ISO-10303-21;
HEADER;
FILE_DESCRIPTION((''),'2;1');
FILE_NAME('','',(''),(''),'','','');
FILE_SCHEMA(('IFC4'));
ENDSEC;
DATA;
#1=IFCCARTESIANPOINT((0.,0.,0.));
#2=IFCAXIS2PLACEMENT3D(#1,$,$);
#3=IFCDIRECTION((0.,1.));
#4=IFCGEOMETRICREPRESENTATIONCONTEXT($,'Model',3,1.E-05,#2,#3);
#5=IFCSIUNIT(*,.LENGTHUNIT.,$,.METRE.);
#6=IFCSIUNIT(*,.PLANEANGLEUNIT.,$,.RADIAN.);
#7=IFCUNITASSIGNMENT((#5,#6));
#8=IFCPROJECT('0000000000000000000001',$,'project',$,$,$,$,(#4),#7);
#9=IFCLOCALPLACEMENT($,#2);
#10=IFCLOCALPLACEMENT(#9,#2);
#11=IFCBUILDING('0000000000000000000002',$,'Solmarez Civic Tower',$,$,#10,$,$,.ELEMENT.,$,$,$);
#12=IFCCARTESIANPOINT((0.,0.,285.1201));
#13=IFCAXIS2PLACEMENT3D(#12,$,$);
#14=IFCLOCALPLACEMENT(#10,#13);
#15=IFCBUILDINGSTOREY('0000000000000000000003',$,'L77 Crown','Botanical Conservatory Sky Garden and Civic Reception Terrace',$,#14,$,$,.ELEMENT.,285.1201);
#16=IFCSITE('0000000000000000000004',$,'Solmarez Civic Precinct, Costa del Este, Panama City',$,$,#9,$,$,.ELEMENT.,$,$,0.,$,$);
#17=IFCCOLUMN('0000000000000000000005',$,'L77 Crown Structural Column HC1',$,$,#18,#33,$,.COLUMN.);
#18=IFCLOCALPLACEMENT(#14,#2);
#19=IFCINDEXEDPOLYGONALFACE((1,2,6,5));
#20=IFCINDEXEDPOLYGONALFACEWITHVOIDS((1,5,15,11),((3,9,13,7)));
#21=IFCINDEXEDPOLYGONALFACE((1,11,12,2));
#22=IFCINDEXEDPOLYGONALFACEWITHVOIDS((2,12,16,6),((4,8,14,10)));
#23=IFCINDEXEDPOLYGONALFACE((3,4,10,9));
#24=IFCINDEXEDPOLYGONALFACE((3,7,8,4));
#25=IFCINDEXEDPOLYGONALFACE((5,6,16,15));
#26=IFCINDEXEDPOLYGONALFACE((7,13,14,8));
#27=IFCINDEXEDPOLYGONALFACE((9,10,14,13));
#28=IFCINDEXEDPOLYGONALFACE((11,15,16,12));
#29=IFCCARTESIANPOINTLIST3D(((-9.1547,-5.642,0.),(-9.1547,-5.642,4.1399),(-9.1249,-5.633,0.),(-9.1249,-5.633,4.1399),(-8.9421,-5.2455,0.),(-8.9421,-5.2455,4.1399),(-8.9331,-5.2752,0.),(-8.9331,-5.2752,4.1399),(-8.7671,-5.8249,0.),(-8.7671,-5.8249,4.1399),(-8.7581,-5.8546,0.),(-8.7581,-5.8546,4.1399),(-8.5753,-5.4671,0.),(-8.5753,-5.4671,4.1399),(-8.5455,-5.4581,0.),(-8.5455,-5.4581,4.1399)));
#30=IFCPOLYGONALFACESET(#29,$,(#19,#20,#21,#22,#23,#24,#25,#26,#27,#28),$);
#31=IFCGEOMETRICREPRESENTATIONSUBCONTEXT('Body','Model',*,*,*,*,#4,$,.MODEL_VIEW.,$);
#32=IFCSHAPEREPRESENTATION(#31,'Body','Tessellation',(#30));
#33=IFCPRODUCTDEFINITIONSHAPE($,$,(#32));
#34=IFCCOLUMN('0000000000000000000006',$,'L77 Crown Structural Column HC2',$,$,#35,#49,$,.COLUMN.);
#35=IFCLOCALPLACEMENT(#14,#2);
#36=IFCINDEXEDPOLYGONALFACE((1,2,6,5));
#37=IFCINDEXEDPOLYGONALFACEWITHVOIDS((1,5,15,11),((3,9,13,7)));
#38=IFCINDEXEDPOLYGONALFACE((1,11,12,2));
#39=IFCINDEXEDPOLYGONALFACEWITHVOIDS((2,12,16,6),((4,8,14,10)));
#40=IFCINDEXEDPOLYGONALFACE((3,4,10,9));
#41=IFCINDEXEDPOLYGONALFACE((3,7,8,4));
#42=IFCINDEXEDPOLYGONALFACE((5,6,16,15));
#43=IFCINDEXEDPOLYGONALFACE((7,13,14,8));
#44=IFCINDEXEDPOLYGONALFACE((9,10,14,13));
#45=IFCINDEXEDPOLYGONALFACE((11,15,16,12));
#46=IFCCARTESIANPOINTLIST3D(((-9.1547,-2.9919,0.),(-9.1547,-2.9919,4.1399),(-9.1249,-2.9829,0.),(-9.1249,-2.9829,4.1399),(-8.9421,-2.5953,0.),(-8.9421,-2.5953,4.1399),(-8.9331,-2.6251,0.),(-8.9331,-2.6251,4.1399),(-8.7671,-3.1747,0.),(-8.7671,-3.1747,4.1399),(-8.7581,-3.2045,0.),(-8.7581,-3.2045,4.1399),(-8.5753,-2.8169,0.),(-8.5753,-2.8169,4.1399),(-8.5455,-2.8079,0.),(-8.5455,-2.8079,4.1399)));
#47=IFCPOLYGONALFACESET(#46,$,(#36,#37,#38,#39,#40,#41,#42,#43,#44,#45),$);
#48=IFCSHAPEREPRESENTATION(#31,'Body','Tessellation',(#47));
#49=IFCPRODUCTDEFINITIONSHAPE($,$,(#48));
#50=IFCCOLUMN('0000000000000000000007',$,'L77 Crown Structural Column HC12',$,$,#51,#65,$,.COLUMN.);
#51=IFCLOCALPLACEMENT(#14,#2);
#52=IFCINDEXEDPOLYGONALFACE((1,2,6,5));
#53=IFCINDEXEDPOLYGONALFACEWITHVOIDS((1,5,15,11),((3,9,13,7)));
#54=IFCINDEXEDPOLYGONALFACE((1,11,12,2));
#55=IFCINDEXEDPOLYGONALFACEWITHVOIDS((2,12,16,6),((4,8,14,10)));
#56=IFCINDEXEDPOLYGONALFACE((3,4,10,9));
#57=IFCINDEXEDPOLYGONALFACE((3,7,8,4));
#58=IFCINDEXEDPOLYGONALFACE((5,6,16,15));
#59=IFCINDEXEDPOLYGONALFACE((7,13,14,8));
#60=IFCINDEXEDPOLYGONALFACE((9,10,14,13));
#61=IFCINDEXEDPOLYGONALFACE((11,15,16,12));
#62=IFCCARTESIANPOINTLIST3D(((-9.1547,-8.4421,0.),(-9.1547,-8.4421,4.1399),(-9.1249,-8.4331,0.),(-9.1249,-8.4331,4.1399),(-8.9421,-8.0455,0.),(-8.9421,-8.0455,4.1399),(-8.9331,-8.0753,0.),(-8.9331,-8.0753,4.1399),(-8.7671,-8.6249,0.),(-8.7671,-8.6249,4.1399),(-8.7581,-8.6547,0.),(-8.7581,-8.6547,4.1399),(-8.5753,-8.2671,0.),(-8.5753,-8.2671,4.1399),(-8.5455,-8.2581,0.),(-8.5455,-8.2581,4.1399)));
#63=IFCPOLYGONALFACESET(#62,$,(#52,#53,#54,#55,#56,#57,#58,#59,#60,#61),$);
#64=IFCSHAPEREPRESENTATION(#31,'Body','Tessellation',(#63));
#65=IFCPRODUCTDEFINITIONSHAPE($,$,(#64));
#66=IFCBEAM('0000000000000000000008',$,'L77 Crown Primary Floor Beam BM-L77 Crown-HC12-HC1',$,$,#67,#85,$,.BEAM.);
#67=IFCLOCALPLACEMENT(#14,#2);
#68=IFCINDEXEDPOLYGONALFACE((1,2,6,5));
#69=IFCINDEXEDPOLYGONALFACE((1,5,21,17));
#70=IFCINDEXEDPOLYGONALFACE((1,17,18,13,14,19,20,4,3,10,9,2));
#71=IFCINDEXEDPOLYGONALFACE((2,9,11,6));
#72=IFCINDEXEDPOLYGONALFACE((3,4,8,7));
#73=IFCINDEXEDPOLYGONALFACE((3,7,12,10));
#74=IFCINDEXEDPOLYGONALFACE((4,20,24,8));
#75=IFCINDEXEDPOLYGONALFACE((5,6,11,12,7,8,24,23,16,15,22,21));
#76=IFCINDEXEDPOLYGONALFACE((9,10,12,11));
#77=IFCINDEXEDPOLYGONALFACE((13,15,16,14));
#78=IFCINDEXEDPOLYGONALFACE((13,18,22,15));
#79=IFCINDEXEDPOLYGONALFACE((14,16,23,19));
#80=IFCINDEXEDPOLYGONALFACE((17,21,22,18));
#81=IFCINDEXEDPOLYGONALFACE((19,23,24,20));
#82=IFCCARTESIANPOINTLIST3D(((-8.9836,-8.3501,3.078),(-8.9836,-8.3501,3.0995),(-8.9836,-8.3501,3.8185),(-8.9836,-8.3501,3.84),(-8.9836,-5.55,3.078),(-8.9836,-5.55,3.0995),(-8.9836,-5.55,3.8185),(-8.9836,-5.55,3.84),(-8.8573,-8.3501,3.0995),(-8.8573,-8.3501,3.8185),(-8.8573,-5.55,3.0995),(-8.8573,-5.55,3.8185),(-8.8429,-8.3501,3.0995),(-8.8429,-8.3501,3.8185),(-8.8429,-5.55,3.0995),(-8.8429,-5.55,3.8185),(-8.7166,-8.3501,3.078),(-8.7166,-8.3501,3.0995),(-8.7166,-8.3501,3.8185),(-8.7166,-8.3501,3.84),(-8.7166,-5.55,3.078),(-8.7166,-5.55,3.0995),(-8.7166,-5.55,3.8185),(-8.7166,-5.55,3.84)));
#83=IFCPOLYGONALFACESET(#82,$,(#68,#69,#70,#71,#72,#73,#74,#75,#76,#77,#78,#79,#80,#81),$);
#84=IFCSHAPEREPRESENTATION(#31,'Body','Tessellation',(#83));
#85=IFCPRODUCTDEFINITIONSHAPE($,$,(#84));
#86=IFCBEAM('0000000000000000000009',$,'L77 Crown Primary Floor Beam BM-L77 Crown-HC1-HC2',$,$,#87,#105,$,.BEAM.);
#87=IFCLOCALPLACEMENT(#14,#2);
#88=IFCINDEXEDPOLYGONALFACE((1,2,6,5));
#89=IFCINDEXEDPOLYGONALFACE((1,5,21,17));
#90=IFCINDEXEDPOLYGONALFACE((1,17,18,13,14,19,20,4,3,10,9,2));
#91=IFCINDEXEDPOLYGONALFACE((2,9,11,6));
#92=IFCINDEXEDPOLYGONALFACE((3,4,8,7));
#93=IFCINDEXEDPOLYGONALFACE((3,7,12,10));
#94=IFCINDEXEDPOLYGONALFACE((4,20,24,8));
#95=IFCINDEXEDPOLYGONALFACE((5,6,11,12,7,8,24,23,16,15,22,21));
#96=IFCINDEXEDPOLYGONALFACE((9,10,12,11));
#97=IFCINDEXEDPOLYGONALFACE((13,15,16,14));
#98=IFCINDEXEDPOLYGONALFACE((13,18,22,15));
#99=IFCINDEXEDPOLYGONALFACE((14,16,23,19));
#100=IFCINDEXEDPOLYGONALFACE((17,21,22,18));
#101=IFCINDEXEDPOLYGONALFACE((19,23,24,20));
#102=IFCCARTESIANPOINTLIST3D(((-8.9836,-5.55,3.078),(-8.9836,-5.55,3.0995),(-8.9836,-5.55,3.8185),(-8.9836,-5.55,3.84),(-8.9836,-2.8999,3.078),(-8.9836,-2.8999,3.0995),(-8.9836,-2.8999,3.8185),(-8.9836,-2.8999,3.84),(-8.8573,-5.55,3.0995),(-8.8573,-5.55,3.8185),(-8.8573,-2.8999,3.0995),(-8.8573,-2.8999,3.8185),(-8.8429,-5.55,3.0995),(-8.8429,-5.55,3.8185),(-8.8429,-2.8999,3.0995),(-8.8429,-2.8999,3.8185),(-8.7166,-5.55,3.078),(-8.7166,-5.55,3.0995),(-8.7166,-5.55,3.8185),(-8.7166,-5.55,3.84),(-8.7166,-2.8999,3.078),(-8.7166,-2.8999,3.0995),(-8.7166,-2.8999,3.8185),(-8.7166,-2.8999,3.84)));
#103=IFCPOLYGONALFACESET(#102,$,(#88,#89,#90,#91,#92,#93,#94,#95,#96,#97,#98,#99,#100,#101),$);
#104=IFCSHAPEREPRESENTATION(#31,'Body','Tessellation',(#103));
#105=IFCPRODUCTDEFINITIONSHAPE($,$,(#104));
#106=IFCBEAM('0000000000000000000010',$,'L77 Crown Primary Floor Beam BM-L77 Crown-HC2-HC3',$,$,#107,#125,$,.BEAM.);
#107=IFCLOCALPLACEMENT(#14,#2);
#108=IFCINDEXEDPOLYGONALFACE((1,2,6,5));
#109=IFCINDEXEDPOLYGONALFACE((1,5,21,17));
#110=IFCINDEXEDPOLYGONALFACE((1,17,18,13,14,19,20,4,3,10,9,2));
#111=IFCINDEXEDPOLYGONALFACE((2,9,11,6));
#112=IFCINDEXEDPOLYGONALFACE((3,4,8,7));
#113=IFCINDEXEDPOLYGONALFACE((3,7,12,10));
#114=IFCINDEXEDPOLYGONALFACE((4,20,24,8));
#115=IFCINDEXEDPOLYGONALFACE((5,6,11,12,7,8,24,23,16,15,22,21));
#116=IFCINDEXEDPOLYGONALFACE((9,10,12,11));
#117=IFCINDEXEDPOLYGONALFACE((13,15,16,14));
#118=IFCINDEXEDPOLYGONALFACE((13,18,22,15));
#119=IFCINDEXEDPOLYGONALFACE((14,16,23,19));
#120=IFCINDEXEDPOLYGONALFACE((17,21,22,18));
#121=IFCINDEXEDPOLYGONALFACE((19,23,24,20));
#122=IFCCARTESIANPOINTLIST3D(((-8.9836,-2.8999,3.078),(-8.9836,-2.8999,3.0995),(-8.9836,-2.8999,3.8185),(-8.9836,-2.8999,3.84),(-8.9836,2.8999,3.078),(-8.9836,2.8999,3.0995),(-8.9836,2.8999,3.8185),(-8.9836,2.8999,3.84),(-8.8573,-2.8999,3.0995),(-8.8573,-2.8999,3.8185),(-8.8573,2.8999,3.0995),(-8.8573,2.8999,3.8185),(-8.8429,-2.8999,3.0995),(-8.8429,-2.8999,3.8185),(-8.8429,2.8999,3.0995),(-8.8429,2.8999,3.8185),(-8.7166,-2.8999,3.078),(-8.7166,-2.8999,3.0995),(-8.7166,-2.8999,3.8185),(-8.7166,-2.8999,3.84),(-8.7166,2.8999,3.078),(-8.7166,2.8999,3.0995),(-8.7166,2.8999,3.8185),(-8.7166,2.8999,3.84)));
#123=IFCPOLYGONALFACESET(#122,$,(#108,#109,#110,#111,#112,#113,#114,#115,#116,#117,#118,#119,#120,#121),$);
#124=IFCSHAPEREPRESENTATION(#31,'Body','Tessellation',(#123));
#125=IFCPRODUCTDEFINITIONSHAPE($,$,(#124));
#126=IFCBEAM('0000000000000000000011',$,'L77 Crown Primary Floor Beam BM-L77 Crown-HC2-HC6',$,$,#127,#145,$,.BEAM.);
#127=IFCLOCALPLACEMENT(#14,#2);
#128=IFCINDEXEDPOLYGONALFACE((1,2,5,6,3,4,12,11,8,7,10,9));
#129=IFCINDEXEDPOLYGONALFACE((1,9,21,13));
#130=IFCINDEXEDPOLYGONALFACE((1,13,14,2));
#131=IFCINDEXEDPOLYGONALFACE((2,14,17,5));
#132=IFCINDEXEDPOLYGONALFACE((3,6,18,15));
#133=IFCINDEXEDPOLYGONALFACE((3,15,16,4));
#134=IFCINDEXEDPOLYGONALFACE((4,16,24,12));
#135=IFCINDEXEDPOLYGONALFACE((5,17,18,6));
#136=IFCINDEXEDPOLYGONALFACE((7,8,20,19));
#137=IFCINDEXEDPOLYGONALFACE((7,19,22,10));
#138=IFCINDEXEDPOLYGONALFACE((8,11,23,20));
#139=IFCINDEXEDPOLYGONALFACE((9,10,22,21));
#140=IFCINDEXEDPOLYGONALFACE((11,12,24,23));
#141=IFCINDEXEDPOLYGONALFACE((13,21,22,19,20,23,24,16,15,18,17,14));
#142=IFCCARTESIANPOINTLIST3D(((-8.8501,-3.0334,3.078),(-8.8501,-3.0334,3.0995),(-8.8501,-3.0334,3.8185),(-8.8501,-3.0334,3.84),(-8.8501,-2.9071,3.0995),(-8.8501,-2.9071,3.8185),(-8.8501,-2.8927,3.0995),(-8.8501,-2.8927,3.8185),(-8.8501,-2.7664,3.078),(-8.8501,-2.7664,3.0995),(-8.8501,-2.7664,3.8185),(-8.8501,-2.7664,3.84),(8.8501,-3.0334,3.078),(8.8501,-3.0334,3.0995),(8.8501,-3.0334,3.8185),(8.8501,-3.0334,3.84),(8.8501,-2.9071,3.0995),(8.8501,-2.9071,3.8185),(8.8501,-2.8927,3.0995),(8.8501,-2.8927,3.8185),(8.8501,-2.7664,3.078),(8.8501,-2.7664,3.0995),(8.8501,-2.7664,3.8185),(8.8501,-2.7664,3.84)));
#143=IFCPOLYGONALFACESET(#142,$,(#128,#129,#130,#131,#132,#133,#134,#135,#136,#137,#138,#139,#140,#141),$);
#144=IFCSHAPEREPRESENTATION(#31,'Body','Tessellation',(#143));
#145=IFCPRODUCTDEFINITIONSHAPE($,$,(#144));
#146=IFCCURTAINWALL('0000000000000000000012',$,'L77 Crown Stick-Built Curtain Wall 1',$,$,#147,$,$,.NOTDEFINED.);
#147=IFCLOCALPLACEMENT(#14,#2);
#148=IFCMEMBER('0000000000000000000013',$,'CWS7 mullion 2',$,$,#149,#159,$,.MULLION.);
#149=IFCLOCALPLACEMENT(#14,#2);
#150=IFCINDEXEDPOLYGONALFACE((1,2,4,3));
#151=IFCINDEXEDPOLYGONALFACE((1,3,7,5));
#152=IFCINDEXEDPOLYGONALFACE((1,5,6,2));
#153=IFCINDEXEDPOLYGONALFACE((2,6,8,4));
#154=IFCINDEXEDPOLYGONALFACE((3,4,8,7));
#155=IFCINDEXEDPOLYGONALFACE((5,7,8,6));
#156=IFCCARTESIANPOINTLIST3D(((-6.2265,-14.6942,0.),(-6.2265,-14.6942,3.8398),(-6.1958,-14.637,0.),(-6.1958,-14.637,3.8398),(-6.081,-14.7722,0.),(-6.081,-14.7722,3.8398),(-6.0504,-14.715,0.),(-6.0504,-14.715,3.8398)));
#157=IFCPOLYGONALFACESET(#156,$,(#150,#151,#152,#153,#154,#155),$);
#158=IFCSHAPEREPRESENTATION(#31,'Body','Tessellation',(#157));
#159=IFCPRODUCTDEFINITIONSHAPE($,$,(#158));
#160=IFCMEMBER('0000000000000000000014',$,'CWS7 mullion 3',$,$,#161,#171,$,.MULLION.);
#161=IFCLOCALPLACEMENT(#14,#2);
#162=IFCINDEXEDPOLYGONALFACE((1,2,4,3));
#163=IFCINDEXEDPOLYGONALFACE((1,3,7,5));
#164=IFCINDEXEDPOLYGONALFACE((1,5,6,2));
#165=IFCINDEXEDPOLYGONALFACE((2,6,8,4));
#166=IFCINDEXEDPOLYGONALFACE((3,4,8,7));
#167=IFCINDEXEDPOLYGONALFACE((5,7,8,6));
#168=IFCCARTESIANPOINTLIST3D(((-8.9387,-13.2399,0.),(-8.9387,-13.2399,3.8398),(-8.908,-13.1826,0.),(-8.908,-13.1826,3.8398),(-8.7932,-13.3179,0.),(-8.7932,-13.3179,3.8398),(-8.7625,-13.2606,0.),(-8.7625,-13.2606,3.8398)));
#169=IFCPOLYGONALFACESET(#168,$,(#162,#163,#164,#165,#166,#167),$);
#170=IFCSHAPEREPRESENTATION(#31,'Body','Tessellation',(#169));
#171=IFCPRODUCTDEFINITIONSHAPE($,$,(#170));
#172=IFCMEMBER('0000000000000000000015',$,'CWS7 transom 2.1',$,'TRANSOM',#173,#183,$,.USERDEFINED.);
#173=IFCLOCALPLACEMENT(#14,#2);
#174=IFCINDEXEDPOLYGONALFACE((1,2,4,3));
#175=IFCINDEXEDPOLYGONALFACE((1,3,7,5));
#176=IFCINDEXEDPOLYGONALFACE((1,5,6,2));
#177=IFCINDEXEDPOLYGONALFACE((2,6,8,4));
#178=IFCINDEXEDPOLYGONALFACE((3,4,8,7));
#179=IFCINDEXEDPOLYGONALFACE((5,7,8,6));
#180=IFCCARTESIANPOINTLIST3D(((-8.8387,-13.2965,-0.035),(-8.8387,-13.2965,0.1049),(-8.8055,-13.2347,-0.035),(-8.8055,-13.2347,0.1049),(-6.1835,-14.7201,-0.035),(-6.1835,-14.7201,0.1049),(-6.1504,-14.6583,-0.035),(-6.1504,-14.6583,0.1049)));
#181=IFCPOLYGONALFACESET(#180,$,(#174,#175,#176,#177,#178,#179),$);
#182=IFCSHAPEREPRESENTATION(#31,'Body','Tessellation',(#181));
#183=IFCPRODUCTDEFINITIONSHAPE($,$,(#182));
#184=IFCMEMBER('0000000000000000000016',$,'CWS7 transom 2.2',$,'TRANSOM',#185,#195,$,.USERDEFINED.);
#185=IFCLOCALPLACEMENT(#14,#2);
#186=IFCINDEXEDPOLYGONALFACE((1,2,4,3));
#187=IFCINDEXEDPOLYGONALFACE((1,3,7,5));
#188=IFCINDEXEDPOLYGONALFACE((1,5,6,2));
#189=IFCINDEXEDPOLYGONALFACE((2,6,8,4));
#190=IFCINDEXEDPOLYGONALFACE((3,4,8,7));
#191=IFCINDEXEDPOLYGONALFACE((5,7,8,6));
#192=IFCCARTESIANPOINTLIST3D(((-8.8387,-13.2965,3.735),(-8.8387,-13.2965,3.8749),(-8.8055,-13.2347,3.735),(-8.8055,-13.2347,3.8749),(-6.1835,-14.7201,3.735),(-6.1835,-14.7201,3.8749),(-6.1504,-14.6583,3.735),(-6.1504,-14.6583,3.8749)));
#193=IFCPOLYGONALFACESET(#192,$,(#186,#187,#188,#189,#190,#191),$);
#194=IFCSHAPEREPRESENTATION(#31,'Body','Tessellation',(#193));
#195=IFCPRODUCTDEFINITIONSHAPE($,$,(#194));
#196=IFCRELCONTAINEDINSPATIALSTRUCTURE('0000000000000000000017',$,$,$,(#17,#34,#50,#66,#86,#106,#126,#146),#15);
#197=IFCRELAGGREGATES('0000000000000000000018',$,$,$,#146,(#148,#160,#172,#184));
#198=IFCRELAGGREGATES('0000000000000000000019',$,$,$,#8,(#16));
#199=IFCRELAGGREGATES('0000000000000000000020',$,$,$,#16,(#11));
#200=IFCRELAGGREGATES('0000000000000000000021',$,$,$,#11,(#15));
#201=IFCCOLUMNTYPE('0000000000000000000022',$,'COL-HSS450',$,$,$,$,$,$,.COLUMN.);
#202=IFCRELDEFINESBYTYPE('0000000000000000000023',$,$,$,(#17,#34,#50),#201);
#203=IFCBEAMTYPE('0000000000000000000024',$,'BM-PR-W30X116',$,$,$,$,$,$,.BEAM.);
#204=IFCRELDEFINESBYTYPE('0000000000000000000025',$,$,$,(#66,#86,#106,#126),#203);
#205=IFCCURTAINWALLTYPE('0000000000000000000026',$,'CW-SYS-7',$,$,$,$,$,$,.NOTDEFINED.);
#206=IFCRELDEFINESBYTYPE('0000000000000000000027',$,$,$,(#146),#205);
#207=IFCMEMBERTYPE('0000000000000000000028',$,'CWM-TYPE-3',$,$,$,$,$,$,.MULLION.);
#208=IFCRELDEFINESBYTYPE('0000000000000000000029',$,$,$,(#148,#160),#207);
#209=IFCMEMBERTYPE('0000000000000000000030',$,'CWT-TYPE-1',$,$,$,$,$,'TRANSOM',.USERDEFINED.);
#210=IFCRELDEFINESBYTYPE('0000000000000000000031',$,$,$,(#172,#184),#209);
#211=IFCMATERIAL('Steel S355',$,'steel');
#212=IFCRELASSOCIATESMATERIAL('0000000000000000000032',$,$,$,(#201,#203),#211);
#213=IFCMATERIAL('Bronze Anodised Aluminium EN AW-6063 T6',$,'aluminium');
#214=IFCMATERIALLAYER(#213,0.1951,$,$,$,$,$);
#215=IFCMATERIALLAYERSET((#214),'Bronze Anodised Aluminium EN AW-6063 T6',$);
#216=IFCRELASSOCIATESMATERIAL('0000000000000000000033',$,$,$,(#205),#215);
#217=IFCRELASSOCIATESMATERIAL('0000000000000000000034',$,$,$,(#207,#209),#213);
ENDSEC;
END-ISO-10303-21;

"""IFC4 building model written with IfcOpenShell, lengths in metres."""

from ifc_helpers import new_model, si_unit, direction, frame, origin, origin_2d, place, context, subcontext, project, spatial, rectangle, hollow_rectangle, i_section, extrude, material, layer, layer_set, material_profile, profile_set, type_object, element, aggregate, save


model = new_model("IFC4")

# Units and contexts
model_context = context("Model", 3, precision=1e-05, world=origin(), true_north=direction((0.0, 1.0)))
body_context = subcontext(model_context, "Body", "Model", "MODEL_VIEW")
ifc_project = project(units=[si_unit("LENGTHUNIT", "METRE"), si_unit("PLANEANGLEUNIT", "RADIAN")], contexts=[model_context])

# Site, building, storey
site_placement = place(None, origin())
site = spatial("IfcSite", under=ifc_project, at=site_placement, Name="Solmarez Civic Precinct, Costa del Este, Panama City", CompositionType="ELEMENT", RefElevation=0.0)
building_placement = place(site_placement, origin())
building = spatial("IfcBuilding", under=site, at=building_placement, Name="Solmarez Civic Tower", CompositionType="ELEMENT")
storey_placement = place(building_placement, frame((0.0, 0.0, 285.1201)))
storey = spatial("IfcBuildingStorey", under=building, at=storey_placement, Name="L77 Crown", Description="Botanical Conservatory Sky Garden and Civic Reception Terrace", CompositionType="ELEMENT", Elevation=285.1201)

# Columns
ifc_material_1 = material(Name="Steel S355", Category="steel")
ifc_material_profile_1 = material_profile(ifc_material_1, hollow_rectangle(XDim=0.45, YDim=0.45, WallThickness=0.022, at=origin_2d()), Name="HSS450X450X22")
ifc_profile_set_1 = profile_set([ifc_material_profile_1], Name="Steel S355")
column_type = type_object("IfcColumnType", Name="COL-HSS450", PredefinedType="COLUMN", material=ifc_profile_set_1)
for number, where, z_axis, x_axis, name in (
    (1, (-8.8501, -5.55, 0.0), (0.0, 0.0, 1.0), (0.472551, 0.881303, 0.0), "L77 Crown Structural Column HC1"),
    (2, (-8.8501, -2.8999, 0.0), (0.0, 0.0, 1.0), (0.472551, 0.881303, 0.0), "L77 Crown Structural Column HC2"),
    (3, (-8.8501, -8.3501, 0.0), (0.0, 0.0, 1.0), (0.472551, 0.881303, 0.0), "L77 Crown Structural Column HC12"),
):
    element("IfcColumn", number, at=place(storey_placement, frame(where, z_axis=z_axis, x_axis=x_axis)), inside=storey, type_object=column_type, Name=name, PredefinedType="COLUMN", context=body_context, shape_type="SweptSolid", body=[
        extrude(hollow_rectangle(XDim=0.45, YDim=0.45, WallThickness=0.022, at=origin_2d()), origin(), (0.0, 0.0, 1.0), 4.1399),
    ])

# Beams
ifc_material_profile_2 = material_profile(ifc_material_1, i_section(OverallWidth=0.2671, OverallDepth=0.762, WebThickness=0.0144, FlangeThickness=0.0215, at=origin_2d()), Name="W30X116")
ifc_profile_set_2 = profile_set([ifc_material_profile_2], Name="Steel S355")
beam_type = type_object("IfcBeamType", Name="BM-PR-W30X116", PredefinedType="BEAM", material=ifc_profile_set_2)
beam_1_placement = place(storey_placement, frame((-8.8501, -8.3501, 3.459), z_axis=(0.0, 1.0, 0.0), x_axis=(-1.0, 0.0, 0.0)))
element("IfcBeam", 4, at=beam_1_placement, inside=storey, type_object=beam_type, Name="L77 Crown Primary Floor Beam BM-L77 Crown-HC12-HC1", PredefinedType="BEAM", context=body_context, shape_type="SweptSolid", body=[
    extrude(i_section(OverallWidth=0.2671, OverallDepth=0.762, WebThickness=0.0144, FlangeThickness=0.0215, at=origin_2d()), origin(), (0.0, 0.0, 1.0), 2.8),
])
beam_2_placement = place(storey_placement, frame((-8.8501, -5.55, 3.459), z_axis=(0.0, 1.0, 0.0), x_axis=(-1.0, 0.0, 0.0)))
element("IfcBeam", 5, at=beam_2_placement, inside=storey, type_object=beam_type, Name="L77 Crown Primary Floor Beam BM-L77 Crown-HC1-HC2", PredefinedType="BEAM", context=body_context, shape_type="SweptSolid", body=[
    extrude(i_section(OverallWidth=0.2671, OverallDepth=0.762, WebThickness=0.0144, FlangeThickness=0.0215, at=origin_2d()), origin(), (0.0, 0.0, 1.0), 2.6501),
])
beam_3_placement = place(storey_placement, frame((-8.8501, -2.8999, 3.459), z_axis=(0.0, 1.0, 0.0), x_axis=(-1.0, 0.0, 0.0)))
element("IfcBeam", 6, at=beam_3_placement, inside=storey, type_object=beam_type, Name="L77 Crown Primary Floor Beam BM-L77 Crown-HC2-HC3", PredefinedType="BEAM", context=body_context, shape_type="SweptSolid", body=[
    extrude(i_section(OverallWidth=0.2671, OverallDepth=0.762, WebThickness=0.0144, FlangeThickness=0.0215, at=origin_2d()), origin(), (0.0, 0.0, 1.0), 5.7998),
])
beam_4_placement = place(storey_placement, frame((-8.8501, -2.8999, 3.459), z_axis=(1.0, 0.0, 0.0), x_axis=(0.0, 1.0, 0.0)))
element("IfcBeam", 7, at=beam_4_placement, inside=storey, type_object=beam_type, Name="L77 Crown Primary Floor Beam BM-L77 Crown-HC2-HC6", PredefinedType="BEAM", context=body_context, shape_type="SweptSolid", body=[
    extrude(i_section(OverallWidth=0.2671, OverallDepth=0.762, WebThickness=0.0144, FlangeThickness=0.0215, at=origin_2d()), origin(), (0.0, 0.0, 1.0), 17.7002),
])

# Curtain wall, members
ifc_material_2 = material(Name="Bronze Anodised Aluminium EN AW-6063 T6", Category="aluminium")
ifc_layer_1 = layer(ifc_material_2, 0.1951)
ifc_layer_set_1 = layer_set([ifc_layer_1], Name="Bronze Anodised Aluminium EN AW-6063 T6")
curtain_wall_type = type_object("IfcCurtainWallType", Name="CW-SYS-7", PredefinedType="NOTDEFINED", material=ifc_layer_set_1)
curtain_wall_placement = place(storey_placement, origin())
curtain_wall = element("IfcCurtainWall", 8, at=curtain_wall_placement, inside=storey, type_object=curtain_wall_type, Name="L77 Crown Stick-Built Curtain Wall 1", PredefinedType="NOTDEFINED")
ifc_material_profile_3 = material_profile(ifc_material_2, rectangle(XDim=0.0649, YDim=0.165, at=origin_2d()), Name="CWM-65X165")
ifc_profile_set_3 = profile_set([ifc_material_profile_3], Name="Bronze Anodised Aluminium EN AW-6063 T6")
member_type_1 = type_object("IfcMemberType", Name="CWM-TYPE-3", PredefinedType="MULLION", material=ifc_profile_set_3)
member_1_placement = place(storey_placement, frame((-6.1384, -14.7046, 0.0), z_axis=(0.0, 0.0, 1.0), x_axis=(-0.472549, -0.881304, 0.0)))
member_1 = element("IfcMember", 9, at=member_1_placement, type_object=member_type_1, Name="CWS7 mullion 2", PredefinedType="MULLION", context=body_context, shape_type="SweptSolid", body=[
    extrude(rectangle(XDim=0.0649, YDim=0.165, at=origin_2d()), origin(), (0.0, 0.0, 1.0), 3.8398),
])
member_2_placement = place(storey_placement, frame((-8.8506, -13.2502, 0.0), z_axis=(0.0, 0.0, 1.0), x_axis=(-0.472549, -0.881304, 0.0)))
member_2 = element("IfcMember", 10, at=member_2_placement, type_object=member_type_1, Name="CWS7 mullion 3", PredefinedType="MULLION", context=body_context, shape_type="SweptSolid", body=[
    extrude(rectangle(XDim=0.0649, YDim=0.165, at=origin_2d()), origin(), (0.0, 0.0, 1.0), 3.8398),
])
ifc_material_profile_4 = material_profile(ifc_material_2, rectangle(XDim=0.0701, YDim=0.1399, at=origin_2d()), Name="CWT-70X140")
ifc_profile_set_4 = profile_set([ifc_material_profile_4], Name="Bronze Anodised Aluminium EN AW-6063 T6")
member_type_2 = type_object("IfcMemberType", Name="CWT-TYPE-1", ElementType="TRANSOM", PredefinedType="USERDEFINED", material=ifc_profile_set_4)
member_3_placement = place(storey_placement, frame((-6.167, -14.6892, 0.0349), z_axis=(-0.881308, 0.472543, 0.0), x_axis=(-0.472543, -0.881308, 0.0)))
member_3 = element("IfcMember", 11, at=member_3_placement, type_object=member_type_2, Name="CWS7 transom 2.1", ObjectType="TRANSOM", PredefinedType="USERDEFINED", context=body_context, shape_type="SweptSolid", body=[
    extrude(rectangle(XDim=0.0701, YDim=0.1399, at=origin_2d()), origin(), (0.0, 0.0, 1.0), 3.0127),
])
member_4_placement = place(storey_placement, frame((-6.167, -14.6892, 3.8049), z_axis=(-0.881308, 0.472543, 0.0), x_axis=(-0.472543, -0.881308, 0.0)))
member_4 = element("IfcMember", 12, at=member_4_placement, type_object=member_type_2, Name="CWS7 transom 2.2", ObjectType="TRANSOM", PredefinedType="USERDEFINED", context=body_context, shape_type="SweptSolid", body=[
    extrude(rectangle(XDim=0.0701, YDim=0.1399, at=origin_2d()), origin(), (0.0, 0.0, 1.0), 3.0127),
])
aggregate(curtain_wall, [member_1, member_2, member_3, member_4])

save(model, "model.ifc")
